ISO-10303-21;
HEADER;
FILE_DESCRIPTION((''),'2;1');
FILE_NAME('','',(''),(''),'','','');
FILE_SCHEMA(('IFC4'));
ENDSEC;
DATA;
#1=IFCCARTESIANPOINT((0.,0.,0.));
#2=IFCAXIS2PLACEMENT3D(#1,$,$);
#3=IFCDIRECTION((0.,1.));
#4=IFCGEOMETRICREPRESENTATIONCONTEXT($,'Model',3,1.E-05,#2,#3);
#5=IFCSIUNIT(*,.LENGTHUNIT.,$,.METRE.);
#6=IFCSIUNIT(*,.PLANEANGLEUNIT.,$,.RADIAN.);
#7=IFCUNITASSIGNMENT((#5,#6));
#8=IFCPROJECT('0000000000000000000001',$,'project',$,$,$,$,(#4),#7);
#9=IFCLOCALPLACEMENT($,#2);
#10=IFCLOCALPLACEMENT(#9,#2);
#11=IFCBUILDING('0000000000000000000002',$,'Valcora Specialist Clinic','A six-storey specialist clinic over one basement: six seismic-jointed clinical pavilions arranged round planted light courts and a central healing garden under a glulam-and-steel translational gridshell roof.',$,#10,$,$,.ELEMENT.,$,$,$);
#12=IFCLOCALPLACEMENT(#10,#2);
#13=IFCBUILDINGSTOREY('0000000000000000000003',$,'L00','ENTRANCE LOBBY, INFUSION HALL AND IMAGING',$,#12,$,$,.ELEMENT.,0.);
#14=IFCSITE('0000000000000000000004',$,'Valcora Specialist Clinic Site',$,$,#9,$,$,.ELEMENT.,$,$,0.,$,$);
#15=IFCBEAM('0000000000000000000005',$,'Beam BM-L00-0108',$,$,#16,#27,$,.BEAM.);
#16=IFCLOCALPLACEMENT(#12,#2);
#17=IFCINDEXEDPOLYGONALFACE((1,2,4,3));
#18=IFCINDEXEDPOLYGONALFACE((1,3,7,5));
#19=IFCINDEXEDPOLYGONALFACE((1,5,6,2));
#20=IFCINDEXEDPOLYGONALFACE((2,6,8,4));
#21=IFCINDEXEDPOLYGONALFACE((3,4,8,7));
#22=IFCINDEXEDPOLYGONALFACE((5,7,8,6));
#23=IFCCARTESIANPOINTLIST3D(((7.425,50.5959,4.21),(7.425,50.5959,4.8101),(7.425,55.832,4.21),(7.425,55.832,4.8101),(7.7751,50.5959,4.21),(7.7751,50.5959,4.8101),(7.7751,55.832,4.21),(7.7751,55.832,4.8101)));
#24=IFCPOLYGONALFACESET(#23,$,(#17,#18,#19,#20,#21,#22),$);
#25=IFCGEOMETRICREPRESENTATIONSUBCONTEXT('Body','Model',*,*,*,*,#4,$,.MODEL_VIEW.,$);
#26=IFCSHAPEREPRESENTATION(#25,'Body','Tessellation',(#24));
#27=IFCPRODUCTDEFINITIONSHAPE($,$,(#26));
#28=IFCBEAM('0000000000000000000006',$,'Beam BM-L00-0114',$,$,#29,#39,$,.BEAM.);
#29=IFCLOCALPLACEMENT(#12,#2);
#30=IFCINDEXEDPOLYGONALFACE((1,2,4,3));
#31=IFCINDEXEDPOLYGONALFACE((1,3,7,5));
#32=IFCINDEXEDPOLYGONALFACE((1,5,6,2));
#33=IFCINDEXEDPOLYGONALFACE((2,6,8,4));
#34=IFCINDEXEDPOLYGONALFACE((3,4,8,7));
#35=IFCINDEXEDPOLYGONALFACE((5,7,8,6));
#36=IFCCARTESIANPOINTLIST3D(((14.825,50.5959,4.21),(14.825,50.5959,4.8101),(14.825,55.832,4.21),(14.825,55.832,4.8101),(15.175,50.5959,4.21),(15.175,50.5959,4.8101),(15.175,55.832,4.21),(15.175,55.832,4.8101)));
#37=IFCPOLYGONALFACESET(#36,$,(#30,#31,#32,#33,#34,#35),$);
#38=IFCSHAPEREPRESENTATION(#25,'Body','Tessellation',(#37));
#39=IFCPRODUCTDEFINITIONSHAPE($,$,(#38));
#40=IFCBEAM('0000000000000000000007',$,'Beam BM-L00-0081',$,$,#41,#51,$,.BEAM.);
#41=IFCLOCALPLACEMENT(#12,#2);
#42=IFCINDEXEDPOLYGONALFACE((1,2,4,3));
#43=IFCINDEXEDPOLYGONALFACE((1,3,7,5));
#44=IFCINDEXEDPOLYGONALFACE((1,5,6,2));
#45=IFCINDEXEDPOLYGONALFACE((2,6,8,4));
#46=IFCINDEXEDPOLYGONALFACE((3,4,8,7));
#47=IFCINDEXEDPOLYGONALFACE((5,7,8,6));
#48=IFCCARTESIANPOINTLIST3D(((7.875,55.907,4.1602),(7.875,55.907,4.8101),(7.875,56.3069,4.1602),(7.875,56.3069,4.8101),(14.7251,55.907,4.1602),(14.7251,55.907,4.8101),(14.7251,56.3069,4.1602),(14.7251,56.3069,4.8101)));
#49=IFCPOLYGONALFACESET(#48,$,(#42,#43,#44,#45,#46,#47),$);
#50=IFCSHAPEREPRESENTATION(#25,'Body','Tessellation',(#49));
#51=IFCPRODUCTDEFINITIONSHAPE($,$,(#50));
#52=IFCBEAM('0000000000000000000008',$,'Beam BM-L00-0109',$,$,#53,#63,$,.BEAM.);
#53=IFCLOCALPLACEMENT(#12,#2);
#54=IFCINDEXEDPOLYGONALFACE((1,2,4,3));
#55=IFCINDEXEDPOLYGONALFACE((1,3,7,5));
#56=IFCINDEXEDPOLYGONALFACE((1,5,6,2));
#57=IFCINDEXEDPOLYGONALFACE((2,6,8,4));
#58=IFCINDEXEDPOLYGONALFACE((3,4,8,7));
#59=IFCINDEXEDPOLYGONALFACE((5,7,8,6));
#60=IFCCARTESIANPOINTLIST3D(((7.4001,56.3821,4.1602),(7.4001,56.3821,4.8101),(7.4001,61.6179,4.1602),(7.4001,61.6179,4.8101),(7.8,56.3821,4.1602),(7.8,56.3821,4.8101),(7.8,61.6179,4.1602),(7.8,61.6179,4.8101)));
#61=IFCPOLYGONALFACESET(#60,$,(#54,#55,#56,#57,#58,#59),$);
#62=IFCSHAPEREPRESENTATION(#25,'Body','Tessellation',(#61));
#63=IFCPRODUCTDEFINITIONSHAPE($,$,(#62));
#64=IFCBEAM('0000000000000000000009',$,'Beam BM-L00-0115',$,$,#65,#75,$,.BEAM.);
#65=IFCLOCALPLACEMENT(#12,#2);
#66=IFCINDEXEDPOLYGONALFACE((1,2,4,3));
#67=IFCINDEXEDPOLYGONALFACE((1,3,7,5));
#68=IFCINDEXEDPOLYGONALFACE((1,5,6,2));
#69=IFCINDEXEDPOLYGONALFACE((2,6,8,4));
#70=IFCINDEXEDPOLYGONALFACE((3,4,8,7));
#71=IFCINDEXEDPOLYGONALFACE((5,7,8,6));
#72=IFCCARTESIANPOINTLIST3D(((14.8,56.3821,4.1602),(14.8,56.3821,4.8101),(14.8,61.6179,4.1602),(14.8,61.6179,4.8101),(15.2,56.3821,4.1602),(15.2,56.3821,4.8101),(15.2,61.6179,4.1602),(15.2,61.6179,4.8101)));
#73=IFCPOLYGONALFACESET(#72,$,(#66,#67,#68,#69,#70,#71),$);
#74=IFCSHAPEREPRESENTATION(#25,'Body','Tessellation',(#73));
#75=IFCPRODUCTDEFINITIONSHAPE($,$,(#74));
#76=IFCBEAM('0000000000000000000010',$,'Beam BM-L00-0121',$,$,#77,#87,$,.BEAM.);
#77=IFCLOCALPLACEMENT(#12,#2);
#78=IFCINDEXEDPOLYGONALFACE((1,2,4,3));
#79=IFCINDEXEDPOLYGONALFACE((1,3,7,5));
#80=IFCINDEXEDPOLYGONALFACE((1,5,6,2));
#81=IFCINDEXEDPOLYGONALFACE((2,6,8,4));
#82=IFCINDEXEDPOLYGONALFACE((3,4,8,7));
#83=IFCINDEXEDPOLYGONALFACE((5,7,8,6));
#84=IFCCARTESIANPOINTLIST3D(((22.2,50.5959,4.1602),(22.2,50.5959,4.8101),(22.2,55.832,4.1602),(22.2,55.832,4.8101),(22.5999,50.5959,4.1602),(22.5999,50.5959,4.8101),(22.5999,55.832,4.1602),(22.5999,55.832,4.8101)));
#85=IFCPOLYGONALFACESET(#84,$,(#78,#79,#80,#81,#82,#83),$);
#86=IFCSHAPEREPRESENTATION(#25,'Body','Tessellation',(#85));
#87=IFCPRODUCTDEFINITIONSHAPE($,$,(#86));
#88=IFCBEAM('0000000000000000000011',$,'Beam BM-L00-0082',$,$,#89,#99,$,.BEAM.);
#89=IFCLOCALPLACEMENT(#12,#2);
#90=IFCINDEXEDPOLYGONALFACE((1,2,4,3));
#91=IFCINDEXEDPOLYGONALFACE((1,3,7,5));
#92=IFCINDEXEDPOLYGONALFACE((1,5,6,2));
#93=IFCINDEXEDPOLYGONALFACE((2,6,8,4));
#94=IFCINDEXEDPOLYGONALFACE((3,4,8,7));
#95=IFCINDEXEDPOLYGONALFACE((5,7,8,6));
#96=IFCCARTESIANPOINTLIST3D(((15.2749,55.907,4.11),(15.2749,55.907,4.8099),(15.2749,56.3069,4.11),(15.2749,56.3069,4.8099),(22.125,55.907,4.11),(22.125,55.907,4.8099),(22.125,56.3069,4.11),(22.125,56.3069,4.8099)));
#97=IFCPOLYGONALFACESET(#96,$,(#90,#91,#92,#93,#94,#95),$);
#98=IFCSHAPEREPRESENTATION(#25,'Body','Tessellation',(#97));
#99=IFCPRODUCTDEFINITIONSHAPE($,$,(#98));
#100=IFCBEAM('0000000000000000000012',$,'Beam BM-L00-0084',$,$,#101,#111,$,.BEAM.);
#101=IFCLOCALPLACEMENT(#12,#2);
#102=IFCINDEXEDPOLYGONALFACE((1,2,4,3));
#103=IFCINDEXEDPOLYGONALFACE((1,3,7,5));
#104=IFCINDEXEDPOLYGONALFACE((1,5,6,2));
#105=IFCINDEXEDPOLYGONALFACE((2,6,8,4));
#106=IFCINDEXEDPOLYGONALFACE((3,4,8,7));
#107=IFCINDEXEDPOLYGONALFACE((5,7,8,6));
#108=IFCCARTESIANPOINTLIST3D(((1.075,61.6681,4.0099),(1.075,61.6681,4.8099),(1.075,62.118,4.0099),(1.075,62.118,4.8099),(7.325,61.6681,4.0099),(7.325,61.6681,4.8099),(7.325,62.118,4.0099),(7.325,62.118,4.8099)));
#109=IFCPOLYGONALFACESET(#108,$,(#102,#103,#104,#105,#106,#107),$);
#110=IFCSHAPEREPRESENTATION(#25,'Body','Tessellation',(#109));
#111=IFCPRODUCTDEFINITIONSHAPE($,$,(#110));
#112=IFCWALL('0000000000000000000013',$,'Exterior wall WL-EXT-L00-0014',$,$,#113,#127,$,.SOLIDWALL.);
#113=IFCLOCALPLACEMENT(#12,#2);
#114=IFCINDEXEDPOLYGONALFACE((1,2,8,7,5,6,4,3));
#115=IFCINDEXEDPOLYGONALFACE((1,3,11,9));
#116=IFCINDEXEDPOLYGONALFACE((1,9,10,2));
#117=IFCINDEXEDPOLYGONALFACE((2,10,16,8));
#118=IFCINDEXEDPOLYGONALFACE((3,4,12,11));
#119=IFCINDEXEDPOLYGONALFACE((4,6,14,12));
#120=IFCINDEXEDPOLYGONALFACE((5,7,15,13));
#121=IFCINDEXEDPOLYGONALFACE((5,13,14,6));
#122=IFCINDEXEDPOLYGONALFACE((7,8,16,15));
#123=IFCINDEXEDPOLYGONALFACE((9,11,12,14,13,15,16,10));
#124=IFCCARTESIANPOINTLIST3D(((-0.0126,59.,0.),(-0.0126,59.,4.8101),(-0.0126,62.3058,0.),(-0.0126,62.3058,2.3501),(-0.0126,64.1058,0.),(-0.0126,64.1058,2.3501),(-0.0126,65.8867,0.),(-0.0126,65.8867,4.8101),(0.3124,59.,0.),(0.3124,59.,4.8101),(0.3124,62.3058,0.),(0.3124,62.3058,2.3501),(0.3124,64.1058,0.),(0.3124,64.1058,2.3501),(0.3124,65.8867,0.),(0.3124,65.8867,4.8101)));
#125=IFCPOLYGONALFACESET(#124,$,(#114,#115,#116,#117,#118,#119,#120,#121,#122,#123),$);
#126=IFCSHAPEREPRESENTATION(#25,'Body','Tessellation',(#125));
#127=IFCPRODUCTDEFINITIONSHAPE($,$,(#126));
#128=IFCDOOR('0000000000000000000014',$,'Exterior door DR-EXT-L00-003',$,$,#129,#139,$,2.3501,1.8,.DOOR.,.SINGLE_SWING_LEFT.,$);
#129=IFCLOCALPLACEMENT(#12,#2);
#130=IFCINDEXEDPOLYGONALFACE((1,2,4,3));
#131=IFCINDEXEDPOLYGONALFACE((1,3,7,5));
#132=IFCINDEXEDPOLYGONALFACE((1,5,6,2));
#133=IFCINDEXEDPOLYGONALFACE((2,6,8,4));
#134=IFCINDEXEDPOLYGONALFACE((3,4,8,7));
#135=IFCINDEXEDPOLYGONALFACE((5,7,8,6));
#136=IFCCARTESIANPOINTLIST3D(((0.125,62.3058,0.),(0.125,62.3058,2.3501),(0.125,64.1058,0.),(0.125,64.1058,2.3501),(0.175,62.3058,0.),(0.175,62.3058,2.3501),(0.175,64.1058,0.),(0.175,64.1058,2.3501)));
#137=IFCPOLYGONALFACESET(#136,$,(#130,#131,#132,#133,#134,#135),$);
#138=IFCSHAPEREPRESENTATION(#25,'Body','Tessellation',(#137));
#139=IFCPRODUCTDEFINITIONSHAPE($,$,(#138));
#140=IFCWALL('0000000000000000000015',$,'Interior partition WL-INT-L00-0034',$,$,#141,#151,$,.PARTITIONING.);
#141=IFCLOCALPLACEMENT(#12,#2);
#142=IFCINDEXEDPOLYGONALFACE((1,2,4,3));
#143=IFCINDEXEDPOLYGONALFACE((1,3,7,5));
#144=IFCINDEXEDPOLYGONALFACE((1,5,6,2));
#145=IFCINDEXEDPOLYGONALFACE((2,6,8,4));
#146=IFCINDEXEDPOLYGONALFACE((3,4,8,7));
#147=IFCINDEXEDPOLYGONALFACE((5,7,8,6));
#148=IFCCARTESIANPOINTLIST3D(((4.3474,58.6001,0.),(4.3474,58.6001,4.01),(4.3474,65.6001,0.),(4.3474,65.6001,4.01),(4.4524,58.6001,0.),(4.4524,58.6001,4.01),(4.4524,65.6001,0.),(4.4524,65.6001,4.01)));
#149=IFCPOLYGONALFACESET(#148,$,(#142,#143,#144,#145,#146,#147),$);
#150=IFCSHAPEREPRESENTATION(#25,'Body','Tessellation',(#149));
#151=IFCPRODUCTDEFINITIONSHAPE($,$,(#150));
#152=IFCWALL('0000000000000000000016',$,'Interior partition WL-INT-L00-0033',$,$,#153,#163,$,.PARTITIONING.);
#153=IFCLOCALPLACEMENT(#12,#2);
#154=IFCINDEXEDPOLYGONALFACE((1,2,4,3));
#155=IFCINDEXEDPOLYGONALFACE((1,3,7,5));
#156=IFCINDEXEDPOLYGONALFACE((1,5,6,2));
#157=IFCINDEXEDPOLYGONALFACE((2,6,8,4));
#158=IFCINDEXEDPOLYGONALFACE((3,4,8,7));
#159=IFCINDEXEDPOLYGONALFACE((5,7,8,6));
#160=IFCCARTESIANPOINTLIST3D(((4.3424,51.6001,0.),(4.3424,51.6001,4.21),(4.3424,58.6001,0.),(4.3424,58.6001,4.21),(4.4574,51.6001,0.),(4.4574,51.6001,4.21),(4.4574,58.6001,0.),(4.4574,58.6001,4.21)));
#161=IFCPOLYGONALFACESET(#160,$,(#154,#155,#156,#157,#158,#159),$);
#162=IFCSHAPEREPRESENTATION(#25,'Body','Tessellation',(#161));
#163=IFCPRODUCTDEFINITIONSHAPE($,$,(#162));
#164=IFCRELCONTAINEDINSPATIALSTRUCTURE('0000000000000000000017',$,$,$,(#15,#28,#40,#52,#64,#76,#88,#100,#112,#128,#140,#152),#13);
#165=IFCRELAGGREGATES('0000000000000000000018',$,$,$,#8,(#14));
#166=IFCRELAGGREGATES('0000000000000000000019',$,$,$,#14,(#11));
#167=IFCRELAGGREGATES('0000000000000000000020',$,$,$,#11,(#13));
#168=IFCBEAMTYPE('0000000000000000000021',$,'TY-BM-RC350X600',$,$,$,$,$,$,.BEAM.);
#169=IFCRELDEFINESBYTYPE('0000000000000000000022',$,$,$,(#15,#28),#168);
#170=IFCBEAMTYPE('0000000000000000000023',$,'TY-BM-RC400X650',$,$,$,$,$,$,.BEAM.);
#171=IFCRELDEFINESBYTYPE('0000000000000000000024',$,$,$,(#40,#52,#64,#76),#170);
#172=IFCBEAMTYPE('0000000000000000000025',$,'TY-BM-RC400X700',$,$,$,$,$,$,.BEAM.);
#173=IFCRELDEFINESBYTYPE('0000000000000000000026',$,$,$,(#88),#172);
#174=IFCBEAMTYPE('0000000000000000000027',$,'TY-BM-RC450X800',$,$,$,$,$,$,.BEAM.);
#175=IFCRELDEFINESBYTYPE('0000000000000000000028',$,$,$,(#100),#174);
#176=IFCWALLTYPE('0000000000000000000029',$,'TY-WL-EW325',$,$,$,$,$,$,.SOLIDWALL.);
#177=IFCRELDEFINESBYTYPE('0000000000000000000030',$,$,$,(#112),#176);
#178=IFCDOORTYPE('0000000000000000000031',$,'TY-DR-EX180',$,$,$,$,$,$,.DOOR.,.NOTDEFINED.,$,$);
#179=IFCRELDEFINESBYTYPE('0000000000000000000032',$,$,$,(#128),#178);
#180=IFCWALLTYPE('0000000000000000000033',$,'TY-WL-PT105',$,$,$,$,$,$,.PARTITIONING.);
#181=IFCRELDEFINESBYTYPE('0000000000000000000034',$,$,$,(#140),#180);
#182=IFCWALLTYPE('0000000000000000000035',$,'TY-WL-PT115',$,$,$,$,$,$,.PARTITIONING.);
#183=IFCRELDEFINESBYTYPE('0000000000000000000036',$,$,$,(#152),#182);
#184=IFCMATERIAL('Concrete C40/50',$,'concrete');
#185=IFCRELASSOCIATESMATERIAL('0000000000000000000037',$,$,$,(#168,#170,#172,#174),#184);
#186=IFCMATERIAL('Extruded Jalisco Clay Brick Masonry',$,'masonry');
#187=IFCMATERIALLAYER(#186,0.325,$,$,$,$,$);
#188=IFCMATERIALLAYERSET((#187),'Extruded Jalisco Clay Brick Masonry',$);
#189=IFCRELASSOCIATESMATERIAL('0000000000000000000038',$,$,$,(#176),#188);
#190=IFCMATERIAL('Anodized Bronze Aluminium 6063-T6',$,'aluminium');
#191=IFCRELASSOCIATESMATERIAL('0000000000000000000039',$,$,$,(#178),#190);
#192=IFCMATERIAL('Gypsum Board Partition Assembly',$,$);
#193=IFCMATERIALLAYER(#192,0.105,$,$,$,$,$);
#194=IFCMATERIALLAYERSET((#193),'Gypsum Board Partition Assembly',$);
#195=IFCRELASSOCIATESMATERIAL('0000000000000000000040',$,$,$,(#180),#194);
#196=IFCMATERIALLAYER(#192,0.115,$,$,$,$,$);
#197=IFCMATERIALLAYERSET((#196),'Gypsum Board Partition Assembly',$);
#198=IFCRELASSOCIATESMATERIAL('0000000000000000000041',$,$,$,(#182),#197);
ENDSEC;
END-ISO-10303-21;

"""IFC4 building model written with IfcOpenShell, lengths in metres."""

from ifc_helpers import new_model, si_unit, direction, frame, frame_2d, origin, origin_2d, place, context, subcontext, project, spatial, rectangle, extrude, material, layer, layer_set, material_profile, profile_set, type_object, element, fill, save


model = new_model("IFC4")

# Units and contexts
model_context = context("Model", 3, precision=1e-05, world=origin(), true_north=direction((0.0, 1.0)))
body_context = subcontext(model_context, "Body", "Model", "MODEL_VIEW")
ifc_project = project(units=[si_unit("LENGTHUNIT", "METRE"), si_unit("PLANEANGLEUNIT", "RADIAN")], contexts=[model_context])

# Site, building, storey
site_placement = place(None, origin())
site = spatial("IfcSite", under=ifc_project, at=site_placement, Name="Valcora Specialist Clinic Site", CompositionType="ELEMENT", RefElevation=0.0)
building_placement = place(site_placement, origin())
building = spatial("IfcBuilding", under=site, at=building_placement, Name="Valcora Specialist Clinic", Description="A six-storey specialist clinic over one basement: six seismic-jointed clinical pavilions arranged round planted light courts and a central healing garden under a glulam-and-steel translational gridshell roof.", CompositionType="ELEMENT")
storey_placement = place(building_placement, origin())
storey = spatial("IfcBuildingStorey", under=building, at=storey_placement, Name="L00", Description="ENTRANCE LOBBY, INFUSION HALL AND IMAGING", CompositionType="ELEMENT", Elevation=0.0)

# Shared definitions
ifc_material_1 = material(Name="Concrete C40/50", Category="concrete")

# Beams
ifc_material_profile_1 = material_profile(ifc_material_1, rectangle(XDim=0.3501, YDim=0.6001, at=origin_2d()), Name="RC-BM-350X600")
ifc_profile_set_1 = profile_set([ifc_material_profile_1], Name="Concrete C40/50")
beam_type_1 = type_object("IfcBeamType", Name="TY-BM-RC350X600", PredefinedType="BEAM", material=ifc_profile_set_1)
for number, where, z_axis, x_axis, name in (
    (1, (7.6001, 50.5959, 4.51), (0.0, 1.0, 0.0), (-1.0, 0.0, 0.0), "Beam BM-L00-0108"),
    (2, (15.0, 50.5959, 4.51), (0.0, 1.0, 0.0), (-1.0, 0.0, 0.0), "Beam BM-L00-0114"),
):
    element("IfcBeam", number, at=place(storey_placement, frame(where, z_axis=z_axis, x_axis=x_axis)), inside=storey, type_object=beam_type_1, Name=name, PredefinedType="BEAM", context=body_context, shape_type="SweptSolid", body=[
        extrude(rectangle(XDim=0.3501, YDim=0.6001, at=origin_2d()), origin(), (0.0, 0.0, 1.0), 5.2361),
    ])
ifc_material_profile_2 = material_profile(ifc_material_1, rectangle(XDim=0.3999, YDim=0.6499, at=origin_2d()), Name="RC-BM-400X650")
ifc_profile_set_2 = profile_set([ifc_material_profile_2], Name="Concrete C40/50")
beam_type_2 = type_object("IfcBeamType", Name="TY-BM-RC400X650", PredefinedType="BEAM", material=ifc_profile_set_2)
beam_1_placement = place(storey_placement, frame((7.875, 56.1069, 4.4851), z_axis=(1.0, 0.0, 0.0), x_axis=(0.0, 1.0, 0.0)))
element("IfcBeam", 3, at=beam_1_placement, inside=storey, type_object=beam_type_2, Name="Beam BM-L00-0081", PredefinedType="BEAM", context=body_context, shape_type="SweptSolid", body=[
    extrude(rectangle(XDim=0.3999, YDim=0.6499, at=origin_2d()), origin(), (0.0, 0.0, 1.0), 6.8501),
])
for number, where, z_axis, x_axis, name in (
    (4, (7.6001, 56.3821, 4.4851), (0.0, 1.0, 0.0), (-1.0, 0.0, 0.0), "Beam BM-L00-0109"),
    (5, (15.0, 56.3821, 4.4851), (0.0, 1.0, 0.0), (-1.0, 0.0, 0.0), "Beam BM-L00-0115"),
):
    element("IfcBeam", number, at=place(storey_placement, frame(where, z_axis=z_axis, x_axis=x_axis)), inside=storey, type_object=beam_type_2, Name=name, PredefinedType="BEAM", context=body_context, shape_type="SweptSolid", body=[
        extrude(rectangle(XDim=0.3999, YDim=0.6499, at=origin_2d()), origin(), (0.0, 0.0, 1.0), 5.2358),
    ])
beam_2_placement = place(storey_placement, frame((22.3999, 50.5959, 4.4851), z_axis=(0.0, 1.0, 0.0), x_axis=(-1.0, 0.0, 0.0)))
element("IfcBeam", 6, at=beam_2_placement, inside=storey, type_object=beam_type_2, Name="Beam BM-L00-0121", PredefinedType="BEAM", context=body_context, shape_type="SweptSolid", body=[
    extrude(rectangle(XDim=0.3999, YDim=0.6499, at=origin_2d()), origin(), (0.0, 0.0, 1.0), 5.2361),
])
ifc_material_profile_3 = material_profile(ifc_material_1, rectangle(XDim=0.3999, YDim=0.7, at=origin_2d()), Name="RC-BM-400X700")
ifc_profile_set_3 = profile_set([ifc_material_profile_3], Name="Concrete C40/50")
beam_type_3 = type_object("IfcBeamType", Name="TY-BM-RC400X700", PredefinedType="BEAM", material=ifc_profile_set_3)
beam_3_placement = place(storey_placement, frame((15.2749, 56.1069, 4.46), z_axis=(1.0, 0.0, 0.0), x_axis=(0.0, 1.0, 0.0)))
element("IfcBeam", 7, at=beam_3_placement, inside=storey, type_object=beam_type_3, Name="Beam BM-L00-0082", PredefinedType="BEAM", context=body_context, shape_type="SweptSolid", body=[
    extrude(rectangle(XDim=0.3999, YDim=0.7, at=origin_2d()), origin(), (0.0, 0.0, 1.0), 6.8501),
])
ifc_material_profile_4 = material_profile(ifc_material_1, rectangle(XDim=0.45, YDim=0.8, at=origin_2d()), Name="RC-BM-450X800")
ifc_profile_set_4 = profile_set([ifc_material_profile_4], Name="Concrete C40/50")
beam_type_4 = type_object("IfcBeamType", Name="TY-BM-RC450X800", PredefinedType="BEAM", material=ifc_profile_set_4)
beam_4_placement = place(storey_placement, frame((1.075, 61.8931, 4.4099), z_axis=(1.0, 0.0, 0.0), x_axis=(0.0, 1.0, 0.0)))
element("IfcBeam", 8, at=beam_4_placement, inside=storey, type_object=beam_type_4, Name="Beam BM-L00-0084", PredefinedType="BEAM", context=body_context, shape_type="SweptSolid", body=[
    extrude(rectangle(XDim=0.45, YDim=0.8, at=origin_2d()), origin(), (0.0, 0.0, 1.0), 6.25),
])

# Wall, opening, door
ifc_material_2 = material(Name="Extruded Jalisco Clay Brick Masonry", Category="masonry")
ifc_layer_1 = layer(ifc_material_2, 0.325)
ifc_layer_set_1 = layer_set([ifc_layer_1], Name="Extruded Jalisco Clay Brick Masonry")
wall_type_1 = type_object("IfcWallType", Name="TY-WL-EW325", PredefinedType="SOLIDWALL", material=ifc_layer_set_1)
wall_1_placement = place(storey_placement, frame((0.1499, 59.0, 0.0), z_axis=(0.0, 0.0, 1.0), x_axis=(0.0, 1.0, 0.0)))
wall_1 = element("IfcWall", 9, at=wall_1_placement, inside=storey, type_object=wall_type_1, Name="Exterior wall WL-EXT-L00-0014", PredefinedType="SOLIDWALL", context=body_context, shape_type="SweptSolid", body=[
    extrude(rectangle(XDim=6.8867, YDim=0.325, at=frame_2d((3.4434, 0.0))), origin(), (0.0, 0.0, 1.0), 4.8101),
])
opening_1_placement = place(wall_1_placement, frame((3.3059, 0.0, 0.0)))
opening_1 = element("IfcOpeningElement", 10, at=opening_1_placement, cuts=wall_1, PredefinedType="OPENING", context=body_context, shape_type="SweptSolid", body=[
    extrude(rectangle(XDim=1.8, YDim=2.3501, at=frame_2d((0.8999, 1.175))), frame((0.0, 0.1724, 0.0), z_axis=(0.0, -1.0, 0.0), x_axis=(1.0, 0.0, 0.0)), (0.0, 0.0, 1.0), 0.345),
])
ifc_material_3 = material(Name="Anodized Bronze Aluminium 6063-T6", Category="aluminium")
door_type_1 = type_object("IfcDoorType", Name="TY-DR-EX180", OperationType="NOTDEFINED", PredefinedType="DOOR", material=ifc_material_3)
door_1_placement = place(opening_1_placement, origin())
door_1 = element("IfcDoor", 11, at=door_1_placement, inside=storey, type_object=door_type_1, Name="Exterior door DR-EXT-L00-003", OperationType="SINGLE_SWING_LEFT", OverallHeight=2.3501, OverallWidth=1.8, PredefinedType="DOOR", context=body_context, shape_type="SweptSolid", body=[
    extrude(rectangle(XDim=1.8, YDim=2.3501, at=frame_2d((0.8999, 1.175))), frame((0.0, 0.0249, 0.0), z_axis=(0.0, -1.0, 0.0), x_axis=(1.0, 0.0, 0.0)), (0.0, 0.0, 1.0), 0.05),
])
fill(opening_1, door_1)

# Walls
ifc_material_4 = material(Name="Gypsum Board Partition Assembly")
ifc_layer_2 = layer(ifc_material_4, 0.105)
ifc_layer_set_2 = layer_set([ifc_layer_2], Name="Gypsum Board Partition Assembly")
wall_type_2 = type_object("IfcWallType", Name="TY-WL-PT105", PredefinedType="PARTITIONING", material=ifc_layer_set_2)
wall_2_placement = place(storey_placement, frame((4.3999, 58.6001, 0.0), z_axis=(0.0, 0.0, 1.0), x_axis=(0.0, 1.0, 0.0)))
element("IfcWall", 12, at=wall_2_placement, inside=storey, type_object=wall_type_2, Name="Interior partition WL-INT-L00-0034", PredefinedType="PARTITIONING", context=body_context, shape_type="SweptSolid", body=[
    extrude(rectangle(XDim=7.0, YDim=0.105, at=frame_2d((3.5, 0.0))), origin(), (0.0, 0.0, 1.0), 4.01),
])
ifc_layer_3 = layer(ifc_material_4, 0.115)
ifc_layer_set_3 = layer_set([ifc_layer_3], Name="Gypsum Board Partition Assembly")
wall_type_3 = type_object("IfcWallType", Name="TY-WL-PT115", PredefinedType="PARTITIONING", material=ifc_layer_set_3)
wall_3_placement = place(storey_placement, frame((4.3999, 51.6001, 0.0), z_axis=(0.0, 0.0, 1.0), x_axis=(0.0, 1.0, 0.0)))
element("IfcWall", 13, at=wall_3_placement, inside=storey, type_object=wall_type_3, Name="Interior partition WL-INT-L00-0033", PredefinedType="PARTITIONING", context=body_context, shape_type="SweptSolid", body=[
    extrude(rectangle(XDim=7.0, YDim=0.115, at=frame_2d((3.5, 0.0))), origin(), (0.0, 0.0, 1.0), 4.21),
])

save(model, "model.ifc")
